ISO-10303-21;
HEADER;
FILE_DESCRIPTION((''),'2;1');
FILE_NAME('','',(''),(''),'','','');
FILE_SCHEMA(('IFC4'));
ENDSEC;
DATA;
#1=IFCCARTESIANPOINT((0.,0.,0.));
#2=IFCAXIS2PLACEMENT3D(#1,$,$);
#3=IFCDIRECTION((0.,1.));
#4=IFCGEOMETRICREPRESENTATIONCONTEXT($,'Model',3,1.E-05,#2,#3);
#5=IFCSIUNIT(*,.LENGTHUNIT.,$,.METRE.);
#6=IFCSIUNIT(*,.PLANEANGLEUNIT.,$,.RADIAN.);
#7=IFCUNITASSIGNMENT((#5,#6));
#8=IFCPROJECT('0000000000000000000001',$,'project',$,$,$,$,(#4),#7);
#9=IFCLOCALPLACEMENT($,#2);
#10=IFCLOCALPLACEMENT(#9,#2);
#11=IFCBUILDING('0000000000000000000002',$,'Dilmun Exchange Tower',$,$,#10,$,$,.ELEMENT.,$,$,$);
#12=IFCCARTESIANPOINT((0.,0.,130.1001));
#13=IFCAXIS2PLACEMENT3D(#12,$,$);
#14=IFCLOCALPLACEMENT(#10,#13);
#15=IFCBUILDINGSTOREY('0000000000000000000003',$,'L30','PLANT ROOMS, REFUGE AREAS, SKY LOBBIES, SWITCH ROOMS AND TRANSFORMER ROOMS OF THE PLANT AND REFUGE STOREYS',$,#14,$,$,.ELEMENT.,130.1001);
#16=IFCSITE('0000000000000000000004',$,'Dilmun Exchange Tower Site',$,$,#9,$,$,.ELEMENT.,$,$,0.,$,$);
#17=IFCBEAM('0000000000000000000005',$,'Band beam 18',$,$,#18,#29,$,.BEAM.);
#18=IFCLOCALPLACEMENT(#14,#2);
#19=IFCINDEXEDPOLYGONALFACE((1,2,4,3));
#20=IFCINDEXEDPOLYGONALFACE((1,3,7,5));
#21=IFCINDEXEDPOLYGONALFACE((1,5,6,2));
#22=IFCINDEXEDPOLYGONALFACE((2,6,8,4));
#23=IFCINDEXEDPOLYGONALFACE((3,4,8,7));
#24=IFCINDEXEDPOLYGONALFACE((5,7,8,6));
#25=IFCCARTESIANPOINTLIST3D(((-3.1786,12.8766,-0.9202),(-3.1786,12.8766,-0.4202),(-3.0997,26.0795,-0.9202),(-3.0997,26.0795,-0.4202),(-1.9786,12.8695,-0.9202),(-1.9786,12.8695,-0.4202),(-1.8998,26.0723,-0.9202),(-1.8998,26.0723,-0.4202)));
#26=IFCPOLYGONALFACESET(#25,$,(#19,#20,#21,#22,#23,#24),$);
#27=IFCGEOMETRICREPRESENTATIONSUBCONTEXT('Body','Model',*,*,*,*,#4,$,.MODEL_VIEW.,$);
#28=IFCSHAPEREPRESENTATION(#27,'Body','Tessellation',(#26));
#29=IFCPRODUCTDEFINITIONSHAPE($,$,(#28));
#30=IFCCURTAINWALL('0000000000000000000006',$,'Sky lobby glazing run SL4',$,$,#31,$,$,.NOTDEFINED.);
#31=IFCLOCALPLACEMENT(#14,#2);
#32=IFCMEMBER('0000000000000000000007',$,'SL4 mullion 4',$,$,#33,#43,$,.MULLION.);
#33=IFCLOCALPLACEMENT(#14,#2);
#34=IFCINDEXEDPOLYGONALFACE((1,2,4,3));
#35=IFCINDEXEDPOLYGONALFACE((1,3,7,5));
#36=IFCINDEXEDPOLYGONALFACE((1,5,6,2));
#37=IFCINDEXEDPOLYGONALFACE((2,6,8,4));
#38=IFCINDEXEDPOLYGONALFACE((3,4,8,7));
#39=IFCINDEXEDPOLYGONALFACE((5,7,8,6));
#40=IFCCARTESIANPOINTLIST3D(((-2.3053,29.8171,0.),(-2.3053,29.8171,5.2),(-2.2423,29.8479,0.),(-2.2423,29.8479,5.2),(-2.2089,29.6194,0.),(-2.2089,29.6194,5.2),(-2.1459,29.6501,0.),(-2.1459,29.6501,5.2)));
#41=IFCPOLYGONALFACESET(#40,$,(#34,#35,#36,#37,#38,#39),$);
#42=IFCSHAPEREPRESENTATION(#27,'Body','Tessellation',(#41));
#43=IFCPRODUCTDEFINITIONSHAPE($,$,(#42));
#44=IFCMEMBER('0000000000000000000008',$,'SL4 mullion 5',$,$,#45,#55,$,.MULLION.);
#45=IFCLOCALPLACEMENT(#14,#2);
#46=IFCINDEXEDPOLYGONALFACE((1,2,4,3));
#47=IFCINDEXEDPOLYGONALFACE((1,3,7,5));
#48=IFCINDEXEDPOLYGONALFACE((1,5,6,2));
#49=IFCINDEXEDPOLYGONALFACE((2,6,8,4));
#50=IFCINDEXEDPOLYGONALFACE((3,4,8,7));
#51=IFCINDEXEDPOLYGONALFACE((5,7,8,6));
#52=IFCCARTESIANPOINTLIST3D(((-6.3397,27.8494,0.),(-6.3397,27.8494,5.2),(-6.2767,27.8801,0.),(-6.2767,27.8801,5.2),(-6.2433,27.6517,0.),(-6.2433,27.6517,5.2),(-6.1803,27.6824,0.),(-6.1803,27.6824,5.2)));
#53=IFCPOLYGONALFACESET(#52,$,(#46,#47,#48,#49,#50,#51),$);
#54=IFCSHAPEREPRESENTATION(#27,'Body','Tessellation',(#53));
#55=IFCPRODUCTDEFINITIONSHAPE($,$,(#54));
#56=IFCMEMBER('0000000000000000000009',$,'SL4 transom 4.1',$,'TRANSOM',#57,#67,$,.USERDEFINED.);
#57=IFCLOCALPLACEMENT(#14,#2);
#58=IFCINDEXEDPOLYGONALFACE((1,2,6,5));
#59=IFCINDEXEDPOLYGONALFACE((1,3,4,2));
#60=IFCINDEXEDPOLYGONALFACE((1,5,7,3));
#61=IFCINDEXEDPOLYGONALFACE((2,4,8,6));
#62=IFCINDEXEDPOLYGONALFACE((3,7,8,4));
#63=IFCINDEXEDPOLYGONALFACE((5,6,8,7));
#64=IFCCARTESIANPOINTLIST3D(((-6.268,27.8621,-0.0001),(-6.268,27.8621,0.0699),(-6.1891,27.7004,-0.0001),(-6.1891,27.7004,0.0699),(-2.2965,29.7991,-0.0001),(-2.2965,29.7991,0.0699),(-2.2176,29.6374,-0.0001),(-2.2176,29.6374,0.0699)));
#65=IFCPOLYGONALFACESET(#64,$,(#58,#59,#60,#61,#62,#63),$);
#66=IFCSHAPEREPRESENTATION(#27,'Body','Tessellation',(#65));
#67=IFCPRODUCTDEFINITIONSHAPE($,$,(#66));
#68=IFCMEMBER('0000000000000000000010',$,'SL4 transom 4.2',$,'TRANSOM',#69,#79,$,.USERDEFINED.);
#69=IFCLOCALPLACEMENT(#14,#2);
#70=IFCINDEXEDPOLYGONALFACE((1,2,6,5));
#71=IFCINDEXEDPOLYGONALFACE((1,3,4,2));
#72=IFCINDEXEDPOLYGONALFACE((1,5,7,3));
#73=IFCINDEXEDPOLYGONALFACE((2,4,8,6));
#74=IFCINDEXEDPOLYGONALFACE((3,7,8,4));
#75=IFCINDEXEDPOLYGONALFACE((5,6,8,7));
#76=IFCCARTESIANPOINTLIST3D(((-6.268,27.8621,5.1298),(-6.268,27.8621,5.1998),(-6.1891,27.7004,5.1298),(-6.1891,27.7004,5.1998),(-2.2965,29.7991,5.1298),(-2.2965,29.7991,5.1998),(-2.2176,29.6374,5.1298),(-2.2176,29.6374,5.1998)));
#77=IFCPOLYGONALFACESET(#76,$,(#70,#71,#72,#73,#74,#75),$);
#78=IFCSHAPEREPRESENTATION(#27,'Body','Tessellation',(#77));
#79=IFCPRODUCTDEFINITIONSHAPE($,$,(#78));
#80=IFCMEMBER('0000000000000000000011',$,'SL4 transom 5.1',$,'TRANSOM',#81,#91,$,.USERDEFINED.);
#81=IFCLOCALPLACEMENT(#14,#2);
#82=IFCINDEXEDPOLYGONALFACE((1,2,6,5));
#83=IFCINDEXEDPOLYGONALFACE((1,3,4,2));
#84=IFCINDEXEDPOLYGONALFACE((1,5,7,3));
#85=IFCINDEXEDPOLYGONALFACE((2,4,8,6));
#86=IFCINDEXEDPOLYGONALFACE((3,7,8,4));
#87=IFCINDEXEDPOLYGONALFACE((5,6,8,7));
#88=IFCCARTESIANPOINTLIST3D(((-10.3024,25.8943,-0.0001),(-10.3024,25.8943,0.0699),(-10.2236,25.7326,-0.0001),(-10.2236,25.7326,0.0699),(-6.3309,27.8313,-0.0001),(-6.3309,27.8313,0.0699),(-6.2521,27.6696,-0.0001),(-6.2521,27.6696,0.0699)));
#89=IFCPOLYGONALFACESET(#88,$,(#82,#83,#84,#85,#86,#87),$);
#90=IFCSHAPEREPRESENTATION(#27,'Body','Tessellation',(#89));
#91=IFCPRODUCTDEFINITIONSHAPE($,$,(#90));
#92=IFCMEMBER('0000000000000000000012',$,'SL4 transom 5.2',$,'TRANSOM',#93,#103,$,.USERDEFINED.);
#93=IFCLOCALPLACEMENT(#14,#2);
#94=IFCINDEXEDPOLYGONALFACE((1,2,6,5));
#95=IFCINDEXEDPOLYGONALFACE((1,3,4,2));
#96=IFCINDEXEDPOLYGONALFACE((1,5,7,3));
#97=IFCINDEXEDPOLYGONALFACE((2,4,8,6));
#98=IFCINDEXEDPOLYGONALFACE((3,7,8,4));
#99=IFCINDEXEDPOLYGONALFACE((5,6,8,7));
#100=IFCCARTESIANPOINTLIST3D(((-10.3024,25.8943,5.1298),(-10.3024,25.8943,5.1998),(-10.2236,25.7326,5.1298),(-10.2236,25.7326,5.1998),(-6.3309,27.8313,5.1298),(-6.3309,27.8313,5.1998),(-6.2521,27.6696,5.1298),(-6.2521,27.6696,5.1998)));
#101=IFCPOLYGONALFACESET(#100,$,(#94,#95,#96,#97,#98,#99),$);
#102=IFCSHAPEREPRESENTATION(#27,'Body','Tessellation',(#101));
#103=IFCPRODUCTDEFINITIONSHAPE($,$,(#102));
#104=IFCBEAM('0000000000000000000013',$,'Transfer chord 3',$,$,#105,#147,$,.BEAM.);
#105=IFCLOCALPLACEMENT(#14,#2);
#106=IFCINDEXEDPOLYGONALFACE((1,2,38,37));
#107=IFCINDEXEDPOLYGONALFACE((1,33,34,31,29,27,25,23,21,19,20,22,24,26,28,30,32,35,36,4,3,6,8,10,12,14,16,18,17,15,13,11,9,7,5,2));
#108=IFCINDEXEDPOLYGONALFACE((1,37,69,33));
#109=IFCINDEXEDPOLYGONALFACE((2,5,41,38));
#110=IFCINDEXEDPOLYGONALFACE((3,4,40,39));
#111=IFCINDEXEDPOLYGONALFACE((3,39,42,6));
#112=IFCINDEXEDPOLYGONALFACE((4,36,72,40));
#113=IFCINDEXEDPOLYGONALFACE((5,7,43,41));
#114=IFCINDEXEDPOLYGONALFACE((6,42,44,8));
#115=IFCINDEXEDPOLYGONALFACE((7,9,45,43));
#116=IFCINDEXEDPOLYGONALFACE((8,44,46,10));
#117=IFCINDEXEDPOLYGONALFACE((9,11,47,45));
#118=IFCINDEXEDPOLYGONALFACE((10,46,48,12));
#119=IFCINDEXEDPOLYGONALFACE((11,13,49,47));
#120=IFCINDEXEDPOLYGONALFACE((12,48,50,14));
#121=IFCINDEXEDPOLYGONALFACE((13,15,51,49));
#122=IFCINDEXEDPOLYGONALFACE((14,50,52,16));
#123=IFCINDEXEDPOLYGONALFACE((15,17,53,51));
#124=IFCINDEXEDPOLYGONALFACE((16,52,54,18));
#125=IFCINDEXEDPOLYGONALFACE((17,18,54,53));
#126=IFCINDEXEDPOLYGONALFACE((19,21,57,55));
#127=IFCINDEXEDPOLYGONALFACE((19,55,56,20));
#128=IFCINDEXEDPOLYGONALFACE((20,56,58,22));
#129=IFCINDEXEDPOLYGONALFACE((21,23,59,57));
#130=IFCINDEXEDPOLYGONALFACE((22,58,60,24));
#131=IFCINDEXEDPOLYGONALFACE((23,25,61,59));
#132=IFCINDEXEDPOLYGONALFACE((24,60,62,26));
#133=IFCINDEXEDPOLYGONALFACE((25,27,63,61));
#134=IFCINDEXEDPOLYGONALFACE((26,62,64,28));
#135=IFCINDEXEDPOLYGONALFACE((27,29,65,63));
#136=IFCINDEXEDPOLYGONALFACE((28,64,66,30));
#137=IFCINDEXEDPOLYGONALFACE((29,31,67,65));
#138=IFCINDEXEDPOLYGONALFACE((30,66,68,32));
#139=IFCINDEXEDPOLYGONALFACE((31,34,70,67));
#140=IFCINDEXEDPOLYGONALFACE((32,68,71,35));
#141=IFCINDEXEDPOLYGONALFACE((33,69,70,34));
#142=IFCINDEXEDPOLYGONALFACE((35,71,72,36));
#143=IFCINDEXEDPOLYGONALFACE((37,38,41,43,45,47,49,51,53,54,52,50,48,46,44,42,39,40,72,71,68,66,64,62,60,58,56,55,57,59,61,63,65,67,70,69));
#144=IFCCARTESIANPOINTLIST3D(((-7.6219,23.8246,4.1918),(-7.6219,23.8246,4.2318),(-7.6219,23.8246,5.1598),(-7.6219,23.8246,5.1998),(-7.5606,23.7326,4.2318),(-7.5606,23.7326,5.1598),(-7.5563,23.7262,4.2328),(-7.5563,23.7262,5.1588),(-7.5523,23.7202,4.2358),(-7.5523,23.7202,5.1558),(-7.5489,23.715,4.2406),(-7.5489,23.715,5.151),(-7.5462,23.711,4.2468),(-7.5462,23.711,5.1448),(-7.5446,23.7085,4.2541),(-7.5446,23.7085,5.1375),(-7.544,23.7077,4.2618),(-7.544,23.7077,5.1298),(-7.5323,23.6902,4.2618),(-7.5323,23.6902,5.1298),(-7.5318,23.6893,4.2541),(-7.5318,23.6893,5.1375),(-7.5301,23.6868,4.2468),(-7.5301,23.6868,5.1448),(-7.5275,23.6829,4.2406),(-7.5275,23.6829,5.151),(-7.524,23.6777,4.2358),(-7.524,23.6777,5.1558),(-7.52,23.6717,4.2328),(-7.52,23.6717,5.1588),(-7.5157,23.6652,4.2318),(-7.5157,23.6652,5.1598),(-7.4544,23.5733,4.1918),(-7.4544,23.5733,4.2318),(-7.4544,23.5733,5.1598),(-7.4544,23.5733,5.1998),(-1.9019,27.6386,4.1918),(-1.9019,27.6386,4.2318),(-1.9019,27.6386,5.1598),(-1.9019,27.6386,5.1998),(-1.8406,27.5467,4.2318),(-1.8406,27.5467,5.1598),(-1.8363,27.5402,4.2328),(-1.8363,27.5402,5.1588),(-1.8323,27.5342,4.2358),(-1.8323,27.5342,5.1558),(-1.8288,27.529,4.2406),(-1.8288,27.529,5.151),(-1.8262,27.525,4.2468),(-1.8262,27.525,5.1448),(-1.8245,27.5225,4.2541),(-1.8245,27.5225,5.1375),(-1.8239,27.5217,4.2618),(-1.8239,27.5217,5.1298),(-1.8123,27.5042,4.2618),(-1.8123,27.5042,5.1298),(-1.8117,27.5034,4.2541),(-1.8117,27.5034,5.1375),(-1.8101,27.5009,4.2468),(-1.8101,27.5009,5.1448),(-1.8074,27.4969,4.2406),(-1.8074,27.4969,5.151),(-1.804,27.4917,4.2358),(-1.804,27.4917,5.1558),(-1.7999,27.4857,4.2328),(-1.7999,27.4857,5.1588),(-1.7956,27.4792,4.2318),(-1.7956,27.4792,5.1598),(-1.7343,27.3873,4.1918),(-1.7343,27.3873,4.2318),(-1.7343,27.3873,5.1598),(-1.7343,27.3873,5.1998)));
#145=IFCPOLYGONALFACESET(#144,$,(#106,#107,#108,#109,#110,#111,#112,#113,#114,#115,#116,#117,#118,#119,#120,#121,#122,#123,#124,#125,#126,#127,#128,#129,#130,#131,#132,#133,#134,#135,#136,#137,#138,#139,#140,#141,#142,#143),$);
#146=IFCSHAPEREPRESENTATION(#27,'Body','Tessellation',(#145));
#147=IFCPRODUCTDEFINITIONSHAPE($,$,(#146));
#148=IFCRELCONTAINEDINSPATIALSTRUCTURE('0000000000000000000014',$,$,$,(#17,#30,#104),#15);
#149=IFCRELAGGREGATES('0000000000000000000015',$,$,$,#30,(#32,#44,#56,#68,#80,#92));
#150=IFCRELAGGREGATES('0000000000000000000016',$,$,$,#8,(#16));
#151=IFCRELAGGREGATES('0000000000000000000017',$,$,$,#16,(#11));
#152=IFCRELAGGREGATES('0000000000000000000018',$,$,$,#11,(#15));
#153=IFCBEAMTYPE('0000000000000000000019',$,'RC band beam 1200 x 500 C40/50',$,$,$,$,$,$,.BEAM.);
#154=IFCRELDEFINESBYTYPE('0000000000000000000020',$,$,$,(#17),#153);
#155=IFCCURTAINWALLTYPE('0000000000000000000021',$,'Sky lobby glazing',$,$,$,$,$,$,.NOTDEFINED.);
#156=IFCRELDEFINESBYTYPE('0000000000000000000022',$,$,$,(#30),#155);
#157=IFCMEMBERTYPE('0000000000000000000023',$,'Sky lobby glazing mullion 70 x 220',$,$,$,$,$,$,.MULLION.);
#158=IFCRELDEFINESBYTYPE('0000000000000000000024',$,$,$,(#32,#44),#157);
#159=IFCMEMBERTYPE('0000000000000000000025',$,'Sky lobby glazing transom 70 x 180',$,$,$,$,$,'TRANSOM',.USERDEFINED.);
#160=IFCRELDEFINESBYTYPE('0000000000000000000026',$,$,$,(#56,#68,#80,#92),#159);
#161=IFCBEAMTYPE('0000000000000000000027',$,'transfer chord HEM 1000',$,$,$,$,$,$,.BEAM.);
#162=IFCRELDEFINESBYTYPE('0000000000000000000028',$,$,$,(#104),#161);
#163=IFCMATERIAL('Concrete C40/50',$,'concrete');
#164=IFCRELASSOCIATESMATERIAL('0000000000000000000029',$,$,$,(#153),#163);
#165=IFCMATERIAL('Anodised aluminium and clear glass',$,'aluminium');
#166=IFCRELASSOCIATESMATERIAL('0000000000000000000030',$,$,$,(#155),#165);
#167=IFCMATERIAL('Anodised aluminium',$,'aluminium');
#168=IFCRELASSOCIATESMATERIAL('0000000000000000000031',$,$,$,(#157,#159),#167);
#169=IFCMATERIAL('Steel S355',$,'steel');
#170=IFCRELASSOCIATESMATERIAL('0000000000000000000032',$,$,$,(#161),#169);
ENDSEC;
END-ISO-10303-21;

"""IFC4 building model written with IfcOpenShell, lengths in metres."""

from ifc_helpers import new_model, si_unit, direction, frame, origin, origin_2d, place, context, subcontext, project, spatial, rectangle, i_section, extrude, material, material_profile, profile_set, type_object, element, aggregate, save


model = new_model("IFC4")

# Units and contexts
model_context = context("Model", 3, precision=1e-05, world=origin(), true_north=direction((0.0, 1.0)))
body_context = subcontext(model_context, "Body", "Model", "MODEL_VIEW")
ifc_project = project(units=[si_unit("LENGTHUNIT", "METRE"), si_unit("PLANEANGLEUNIT", "RADIAN")], contexts=[model_context])

# Site, building, storey
site_placement = place(None, origin())
site = spatial("IfcSite", under=ifc_project, at=site_placement, Name="Dilmun Exchange Tower Site", CompositionType="ELEMENT", RefElevation=0.0)
building_placement = place(site_placement, origin())
building = spatial("IfcBuilding", under=site, at=building_placement, Name="Dilmun Exchange Tower", CompositionType="ELEMENT")
storey_placement = place(building_placement, frame((0.0, 0.0, 130.1001)))
storey = spatial("IfcBuildingStorey", under=building, at=storey_placement, Name="L30", Description="PLANT ROOMS, REFUGE AREAS, SKY LOBBIES, SWITCH ROOMS AND TRANSFORMER ROOMS OF THE PLANT AND REFUGE STOREYS", CompositionType="ELEMENT", Elevation=130.1001)

# Beam
ifc_material_1 = material(Name="Concrete C40/50", Category="concrete")
ifc_material_profile_1 = material_profile(ifc_material_1, rectangle(XDim=1.2, YDim=0.5, at=origin_2d()), Name="1200 x 500")
ifc_profile_set_1 = profile_set([ifc_material_profile_1], Name="Concrete C40/50")
beam_type_1 = type_object("IfcBeamType", Name="RC band beam 1200 x 500 C40/50", PredefinedType="BEAM", material=ifc_profile_set_1)
beam_1_placement = place(storey_placement, frame((-2.4998, 26.0759, -0.6702), z_axis=(-0.005973, -0.999982, 0.0), x_axis=(0.999982, -0.005973, 0.0)))
element("IfcBeam", 1, at=beam_1_placement, inside=storey, type_object=beam_type_1, Name="Band beam 18", PredefinedType="BEAM", context=body_context, shape_type="SweptSolid", body=[
    extrude(rectangle(XDim=1.2, YDim=0.5, at=origin_2d()), origin(), (0.0, 0.0, 1.0), 13.2031),
])

# Curtain wall, members
ifc_material_2 = material(Name="Anodised aluminium and clear glass", Category="aluminium")
curtain_wall_type = type_object("IfcCurtainWallType", Name="Sky lobby glazing", PredefinedType="NOTDEFINED", material=ifc_material_2)
curtain_wall_placement = place(storey_placement, origin())
curtain_wall = element("IfcCurtainWall", 2, at=curtain_wall_placement, inside=storey, type_object=curtain_wall_type, Name="Sky lobby glazing run SL4", PredefinedType="NOTDEFINED")
ifc_material_3 = material(Name="Anodised aluminium", Category="aluminium")
ifc_material_profile_2 = material_profile(ifc_material_3, rectangle(XDim=0.22, YDim=0.0701, at=origin_2d()), Name="AL 70x220")
ifc_profile_set_2 = profile_set([ifc_material_profile_2], Name="Anodised aluminium")
member_type_1 = type_object("IfcMemberType", Name="Sky lobby glazing mullion 70 x 220", PredefinedType="MULLION", material=ifc_profile_set_2)
member_1_placement = place(storey_placement, frame((-2.2256, 29.7336, 0.0), z_axis=(0.0, 0.0, 1.0), x_axis=(0.438371, -0.898794, 0.0)))
member_1 = element("IfcMember", 3, at=member_1_placement, type_object=member_type_1, Name="SL4 mullion 4", PredefinedType="MULLION", context=body_context, shape_type="SweptSolid", body=[
    extrude(rectangle(XDim=0.22, YDim=0.0701, at=origin_2d()), origin(), (0.0, 0.0, 1.0), 5.2),
])
member_2_placement = place(storey_placement, frame((-6.26, 27.7659, 0.0), z_axis=(0.0, 0.0, 1.0), x_axis=(0.438371, -0.898794, 0.0)))
member_2 = element("IfcMember", 4, at=member_2_placement, type_object=member_type_1, Name="SL4 mullion 5", PredefinedType="MULLION", context=body_context, shape_type="SweptSolid", body=[
    extrude(rectangle(XDim=0.22, YDim=0.0701, at=origin_2d()), origin(), (0.0, 0.0, 1.0), 5.2),
])
ifc_material_profile_3 = material_profile(ifc_material_3, rectangle(XDim=0.1799, YDim=0.0701, at=origin_2d()), Name="AL 70x180")
ifc_profile_set_3 = profile_set([ifc_material_profile_3], Name="Anodised aluminium")
member_type_2 = type_object("IfcMemberType", Name="Sky lobby glazing transom 70 x 180", ElementType="TRANSOM", PredefinedType="USERDEFINED", material=ifc_profile_set_3)
member_3_placement = place(storey_placement, frame((-2.2571, 29.7183, 0.0349), z_axis=(-0.898793, -0.438374, 0.0), x_axis=(0.438374, -0.898793, 0.0)))
member_3 = element("IfcMember", 5, at=member_3_placement, type_object=member_type_2, Name="SL4 transom 4.1", ObjectType="TRANSOM", PredefinedType="USERDEFINED", context=body_context, shape_type="SweptSolid", body=[
    extrude(rectangle(XDim=0.1799, YDim=0.0701, at=origin_2d()), origin(), (0.0, 0.0, 1.0), 4.4187),
])
member_4_placement = place(storey_placement, frame((-2.2571, 29.7183, 5.1648), z_axis=(-0.898793, -0.438374, 0.0), x_axis=(0.438374, -0.898793, 0.0)))
member_4 = element("IfcMember", 6, at=member_4_placement, type_object=member_type_2, Name="SL4 transom 4.2", ObjectType="TRANSOM", PredefinedType="USERDEFINED", context=body_context, shape_type="SweptSolid", body=[
    extrude(rectangle(XDim=0.1799, YDim=0.0701, at=origin_2d()), origin(), (0.0, 0.0, 1.0), 4.4187),
])
member_5_placement = place(storey_placement, frame((-6.2915, 27.7505, 0.0349), z_axis=(-0.898793, -0.438374, 0.0), x_axis=(0.438374, -0.898793, 0.0)))
member_5 = element("IfcMember", 7, at=member_5_placement, type_object=member_type_2, Name="SL4 transom 5.1", ObjectType="TRANSOM", PredefinedType="USERDEFINED", context=body_context, shape_type="SweptSolid", body=[
    extrude(rectangle(XDim=0.1799, YDim=0.0701, at=origin_2d()), origin(), (0.0, 0.0, 1.0), 4.4187),
])
member_6_placement = place(storey_placement, frame((-6.2915, 27.7505, 5.1648), z_axis=(-0.898793, -0.438374, 0.0), x_axis=(0.438374, -0.898793, 0.0)))
member_6 = element("IfcMember", 8, at=member_6_placement, type_object=member_type_2, Name="SL4 transom 5.2", ObjectType="TRANSOM", PredefinedType="USERDEFINED", context=body_context, shape_type="SweptSolid", body=[
    extrude(rectangle(XDim=0.1799, YDim=0.0701, at=origin_2d()), origin(), (0.0, 0.0, 1.0), 4.4187),
])

# Beam
ifc_material_4 = material(Name="Steel S355", Category="steel")
ifc_material_profile_4 = material_profile(ifc_material_4, i_section(OverallWidth=0.302, OverallDepth=1.0081, WebThickness=0.021, FlangeThickness=0.04, FilletRadius=0.03, at=origin_2d()), Name="HEM 1000")
ifc_profile_set_4 = profile_set([ifc_material_profile_4], Name="Steel S355")
beam_type_2 = type_object("IfcBeamType", Name="transfer chord HEM 1000", PredefinedType="BEAM", material=ifc_profile_set_4)
beam_2_placement = place(storey_placement, frame((-1.8181, 27.5129, 4.6958), z_axis=(-0.832007, -0.554766, 0.0), x_axis=(0.554766, -0.832007, 0.0)))
element("IfcBeam", 9, at=beam_2_placement, inside=storey, type_object=beam_type_2, Name="Transfer chord 3", PredefinedType="BEAM", context=body_context, shape_type="SweptSolid", body=[
    extrude(i_section(OverallWidth=0.302, OverallDepth=1.0081, WebThickness=0.021, FlangeThickness=0.04, FilletRadius=0.03, at=origin_2d()), origin(), (0.0, 0.0, 1.0), 6.875),
])

aggregate(curtain_wall, [member_1, member_2, member_3, member_4, member_5, member_6])

save(model, "model.ifc")
